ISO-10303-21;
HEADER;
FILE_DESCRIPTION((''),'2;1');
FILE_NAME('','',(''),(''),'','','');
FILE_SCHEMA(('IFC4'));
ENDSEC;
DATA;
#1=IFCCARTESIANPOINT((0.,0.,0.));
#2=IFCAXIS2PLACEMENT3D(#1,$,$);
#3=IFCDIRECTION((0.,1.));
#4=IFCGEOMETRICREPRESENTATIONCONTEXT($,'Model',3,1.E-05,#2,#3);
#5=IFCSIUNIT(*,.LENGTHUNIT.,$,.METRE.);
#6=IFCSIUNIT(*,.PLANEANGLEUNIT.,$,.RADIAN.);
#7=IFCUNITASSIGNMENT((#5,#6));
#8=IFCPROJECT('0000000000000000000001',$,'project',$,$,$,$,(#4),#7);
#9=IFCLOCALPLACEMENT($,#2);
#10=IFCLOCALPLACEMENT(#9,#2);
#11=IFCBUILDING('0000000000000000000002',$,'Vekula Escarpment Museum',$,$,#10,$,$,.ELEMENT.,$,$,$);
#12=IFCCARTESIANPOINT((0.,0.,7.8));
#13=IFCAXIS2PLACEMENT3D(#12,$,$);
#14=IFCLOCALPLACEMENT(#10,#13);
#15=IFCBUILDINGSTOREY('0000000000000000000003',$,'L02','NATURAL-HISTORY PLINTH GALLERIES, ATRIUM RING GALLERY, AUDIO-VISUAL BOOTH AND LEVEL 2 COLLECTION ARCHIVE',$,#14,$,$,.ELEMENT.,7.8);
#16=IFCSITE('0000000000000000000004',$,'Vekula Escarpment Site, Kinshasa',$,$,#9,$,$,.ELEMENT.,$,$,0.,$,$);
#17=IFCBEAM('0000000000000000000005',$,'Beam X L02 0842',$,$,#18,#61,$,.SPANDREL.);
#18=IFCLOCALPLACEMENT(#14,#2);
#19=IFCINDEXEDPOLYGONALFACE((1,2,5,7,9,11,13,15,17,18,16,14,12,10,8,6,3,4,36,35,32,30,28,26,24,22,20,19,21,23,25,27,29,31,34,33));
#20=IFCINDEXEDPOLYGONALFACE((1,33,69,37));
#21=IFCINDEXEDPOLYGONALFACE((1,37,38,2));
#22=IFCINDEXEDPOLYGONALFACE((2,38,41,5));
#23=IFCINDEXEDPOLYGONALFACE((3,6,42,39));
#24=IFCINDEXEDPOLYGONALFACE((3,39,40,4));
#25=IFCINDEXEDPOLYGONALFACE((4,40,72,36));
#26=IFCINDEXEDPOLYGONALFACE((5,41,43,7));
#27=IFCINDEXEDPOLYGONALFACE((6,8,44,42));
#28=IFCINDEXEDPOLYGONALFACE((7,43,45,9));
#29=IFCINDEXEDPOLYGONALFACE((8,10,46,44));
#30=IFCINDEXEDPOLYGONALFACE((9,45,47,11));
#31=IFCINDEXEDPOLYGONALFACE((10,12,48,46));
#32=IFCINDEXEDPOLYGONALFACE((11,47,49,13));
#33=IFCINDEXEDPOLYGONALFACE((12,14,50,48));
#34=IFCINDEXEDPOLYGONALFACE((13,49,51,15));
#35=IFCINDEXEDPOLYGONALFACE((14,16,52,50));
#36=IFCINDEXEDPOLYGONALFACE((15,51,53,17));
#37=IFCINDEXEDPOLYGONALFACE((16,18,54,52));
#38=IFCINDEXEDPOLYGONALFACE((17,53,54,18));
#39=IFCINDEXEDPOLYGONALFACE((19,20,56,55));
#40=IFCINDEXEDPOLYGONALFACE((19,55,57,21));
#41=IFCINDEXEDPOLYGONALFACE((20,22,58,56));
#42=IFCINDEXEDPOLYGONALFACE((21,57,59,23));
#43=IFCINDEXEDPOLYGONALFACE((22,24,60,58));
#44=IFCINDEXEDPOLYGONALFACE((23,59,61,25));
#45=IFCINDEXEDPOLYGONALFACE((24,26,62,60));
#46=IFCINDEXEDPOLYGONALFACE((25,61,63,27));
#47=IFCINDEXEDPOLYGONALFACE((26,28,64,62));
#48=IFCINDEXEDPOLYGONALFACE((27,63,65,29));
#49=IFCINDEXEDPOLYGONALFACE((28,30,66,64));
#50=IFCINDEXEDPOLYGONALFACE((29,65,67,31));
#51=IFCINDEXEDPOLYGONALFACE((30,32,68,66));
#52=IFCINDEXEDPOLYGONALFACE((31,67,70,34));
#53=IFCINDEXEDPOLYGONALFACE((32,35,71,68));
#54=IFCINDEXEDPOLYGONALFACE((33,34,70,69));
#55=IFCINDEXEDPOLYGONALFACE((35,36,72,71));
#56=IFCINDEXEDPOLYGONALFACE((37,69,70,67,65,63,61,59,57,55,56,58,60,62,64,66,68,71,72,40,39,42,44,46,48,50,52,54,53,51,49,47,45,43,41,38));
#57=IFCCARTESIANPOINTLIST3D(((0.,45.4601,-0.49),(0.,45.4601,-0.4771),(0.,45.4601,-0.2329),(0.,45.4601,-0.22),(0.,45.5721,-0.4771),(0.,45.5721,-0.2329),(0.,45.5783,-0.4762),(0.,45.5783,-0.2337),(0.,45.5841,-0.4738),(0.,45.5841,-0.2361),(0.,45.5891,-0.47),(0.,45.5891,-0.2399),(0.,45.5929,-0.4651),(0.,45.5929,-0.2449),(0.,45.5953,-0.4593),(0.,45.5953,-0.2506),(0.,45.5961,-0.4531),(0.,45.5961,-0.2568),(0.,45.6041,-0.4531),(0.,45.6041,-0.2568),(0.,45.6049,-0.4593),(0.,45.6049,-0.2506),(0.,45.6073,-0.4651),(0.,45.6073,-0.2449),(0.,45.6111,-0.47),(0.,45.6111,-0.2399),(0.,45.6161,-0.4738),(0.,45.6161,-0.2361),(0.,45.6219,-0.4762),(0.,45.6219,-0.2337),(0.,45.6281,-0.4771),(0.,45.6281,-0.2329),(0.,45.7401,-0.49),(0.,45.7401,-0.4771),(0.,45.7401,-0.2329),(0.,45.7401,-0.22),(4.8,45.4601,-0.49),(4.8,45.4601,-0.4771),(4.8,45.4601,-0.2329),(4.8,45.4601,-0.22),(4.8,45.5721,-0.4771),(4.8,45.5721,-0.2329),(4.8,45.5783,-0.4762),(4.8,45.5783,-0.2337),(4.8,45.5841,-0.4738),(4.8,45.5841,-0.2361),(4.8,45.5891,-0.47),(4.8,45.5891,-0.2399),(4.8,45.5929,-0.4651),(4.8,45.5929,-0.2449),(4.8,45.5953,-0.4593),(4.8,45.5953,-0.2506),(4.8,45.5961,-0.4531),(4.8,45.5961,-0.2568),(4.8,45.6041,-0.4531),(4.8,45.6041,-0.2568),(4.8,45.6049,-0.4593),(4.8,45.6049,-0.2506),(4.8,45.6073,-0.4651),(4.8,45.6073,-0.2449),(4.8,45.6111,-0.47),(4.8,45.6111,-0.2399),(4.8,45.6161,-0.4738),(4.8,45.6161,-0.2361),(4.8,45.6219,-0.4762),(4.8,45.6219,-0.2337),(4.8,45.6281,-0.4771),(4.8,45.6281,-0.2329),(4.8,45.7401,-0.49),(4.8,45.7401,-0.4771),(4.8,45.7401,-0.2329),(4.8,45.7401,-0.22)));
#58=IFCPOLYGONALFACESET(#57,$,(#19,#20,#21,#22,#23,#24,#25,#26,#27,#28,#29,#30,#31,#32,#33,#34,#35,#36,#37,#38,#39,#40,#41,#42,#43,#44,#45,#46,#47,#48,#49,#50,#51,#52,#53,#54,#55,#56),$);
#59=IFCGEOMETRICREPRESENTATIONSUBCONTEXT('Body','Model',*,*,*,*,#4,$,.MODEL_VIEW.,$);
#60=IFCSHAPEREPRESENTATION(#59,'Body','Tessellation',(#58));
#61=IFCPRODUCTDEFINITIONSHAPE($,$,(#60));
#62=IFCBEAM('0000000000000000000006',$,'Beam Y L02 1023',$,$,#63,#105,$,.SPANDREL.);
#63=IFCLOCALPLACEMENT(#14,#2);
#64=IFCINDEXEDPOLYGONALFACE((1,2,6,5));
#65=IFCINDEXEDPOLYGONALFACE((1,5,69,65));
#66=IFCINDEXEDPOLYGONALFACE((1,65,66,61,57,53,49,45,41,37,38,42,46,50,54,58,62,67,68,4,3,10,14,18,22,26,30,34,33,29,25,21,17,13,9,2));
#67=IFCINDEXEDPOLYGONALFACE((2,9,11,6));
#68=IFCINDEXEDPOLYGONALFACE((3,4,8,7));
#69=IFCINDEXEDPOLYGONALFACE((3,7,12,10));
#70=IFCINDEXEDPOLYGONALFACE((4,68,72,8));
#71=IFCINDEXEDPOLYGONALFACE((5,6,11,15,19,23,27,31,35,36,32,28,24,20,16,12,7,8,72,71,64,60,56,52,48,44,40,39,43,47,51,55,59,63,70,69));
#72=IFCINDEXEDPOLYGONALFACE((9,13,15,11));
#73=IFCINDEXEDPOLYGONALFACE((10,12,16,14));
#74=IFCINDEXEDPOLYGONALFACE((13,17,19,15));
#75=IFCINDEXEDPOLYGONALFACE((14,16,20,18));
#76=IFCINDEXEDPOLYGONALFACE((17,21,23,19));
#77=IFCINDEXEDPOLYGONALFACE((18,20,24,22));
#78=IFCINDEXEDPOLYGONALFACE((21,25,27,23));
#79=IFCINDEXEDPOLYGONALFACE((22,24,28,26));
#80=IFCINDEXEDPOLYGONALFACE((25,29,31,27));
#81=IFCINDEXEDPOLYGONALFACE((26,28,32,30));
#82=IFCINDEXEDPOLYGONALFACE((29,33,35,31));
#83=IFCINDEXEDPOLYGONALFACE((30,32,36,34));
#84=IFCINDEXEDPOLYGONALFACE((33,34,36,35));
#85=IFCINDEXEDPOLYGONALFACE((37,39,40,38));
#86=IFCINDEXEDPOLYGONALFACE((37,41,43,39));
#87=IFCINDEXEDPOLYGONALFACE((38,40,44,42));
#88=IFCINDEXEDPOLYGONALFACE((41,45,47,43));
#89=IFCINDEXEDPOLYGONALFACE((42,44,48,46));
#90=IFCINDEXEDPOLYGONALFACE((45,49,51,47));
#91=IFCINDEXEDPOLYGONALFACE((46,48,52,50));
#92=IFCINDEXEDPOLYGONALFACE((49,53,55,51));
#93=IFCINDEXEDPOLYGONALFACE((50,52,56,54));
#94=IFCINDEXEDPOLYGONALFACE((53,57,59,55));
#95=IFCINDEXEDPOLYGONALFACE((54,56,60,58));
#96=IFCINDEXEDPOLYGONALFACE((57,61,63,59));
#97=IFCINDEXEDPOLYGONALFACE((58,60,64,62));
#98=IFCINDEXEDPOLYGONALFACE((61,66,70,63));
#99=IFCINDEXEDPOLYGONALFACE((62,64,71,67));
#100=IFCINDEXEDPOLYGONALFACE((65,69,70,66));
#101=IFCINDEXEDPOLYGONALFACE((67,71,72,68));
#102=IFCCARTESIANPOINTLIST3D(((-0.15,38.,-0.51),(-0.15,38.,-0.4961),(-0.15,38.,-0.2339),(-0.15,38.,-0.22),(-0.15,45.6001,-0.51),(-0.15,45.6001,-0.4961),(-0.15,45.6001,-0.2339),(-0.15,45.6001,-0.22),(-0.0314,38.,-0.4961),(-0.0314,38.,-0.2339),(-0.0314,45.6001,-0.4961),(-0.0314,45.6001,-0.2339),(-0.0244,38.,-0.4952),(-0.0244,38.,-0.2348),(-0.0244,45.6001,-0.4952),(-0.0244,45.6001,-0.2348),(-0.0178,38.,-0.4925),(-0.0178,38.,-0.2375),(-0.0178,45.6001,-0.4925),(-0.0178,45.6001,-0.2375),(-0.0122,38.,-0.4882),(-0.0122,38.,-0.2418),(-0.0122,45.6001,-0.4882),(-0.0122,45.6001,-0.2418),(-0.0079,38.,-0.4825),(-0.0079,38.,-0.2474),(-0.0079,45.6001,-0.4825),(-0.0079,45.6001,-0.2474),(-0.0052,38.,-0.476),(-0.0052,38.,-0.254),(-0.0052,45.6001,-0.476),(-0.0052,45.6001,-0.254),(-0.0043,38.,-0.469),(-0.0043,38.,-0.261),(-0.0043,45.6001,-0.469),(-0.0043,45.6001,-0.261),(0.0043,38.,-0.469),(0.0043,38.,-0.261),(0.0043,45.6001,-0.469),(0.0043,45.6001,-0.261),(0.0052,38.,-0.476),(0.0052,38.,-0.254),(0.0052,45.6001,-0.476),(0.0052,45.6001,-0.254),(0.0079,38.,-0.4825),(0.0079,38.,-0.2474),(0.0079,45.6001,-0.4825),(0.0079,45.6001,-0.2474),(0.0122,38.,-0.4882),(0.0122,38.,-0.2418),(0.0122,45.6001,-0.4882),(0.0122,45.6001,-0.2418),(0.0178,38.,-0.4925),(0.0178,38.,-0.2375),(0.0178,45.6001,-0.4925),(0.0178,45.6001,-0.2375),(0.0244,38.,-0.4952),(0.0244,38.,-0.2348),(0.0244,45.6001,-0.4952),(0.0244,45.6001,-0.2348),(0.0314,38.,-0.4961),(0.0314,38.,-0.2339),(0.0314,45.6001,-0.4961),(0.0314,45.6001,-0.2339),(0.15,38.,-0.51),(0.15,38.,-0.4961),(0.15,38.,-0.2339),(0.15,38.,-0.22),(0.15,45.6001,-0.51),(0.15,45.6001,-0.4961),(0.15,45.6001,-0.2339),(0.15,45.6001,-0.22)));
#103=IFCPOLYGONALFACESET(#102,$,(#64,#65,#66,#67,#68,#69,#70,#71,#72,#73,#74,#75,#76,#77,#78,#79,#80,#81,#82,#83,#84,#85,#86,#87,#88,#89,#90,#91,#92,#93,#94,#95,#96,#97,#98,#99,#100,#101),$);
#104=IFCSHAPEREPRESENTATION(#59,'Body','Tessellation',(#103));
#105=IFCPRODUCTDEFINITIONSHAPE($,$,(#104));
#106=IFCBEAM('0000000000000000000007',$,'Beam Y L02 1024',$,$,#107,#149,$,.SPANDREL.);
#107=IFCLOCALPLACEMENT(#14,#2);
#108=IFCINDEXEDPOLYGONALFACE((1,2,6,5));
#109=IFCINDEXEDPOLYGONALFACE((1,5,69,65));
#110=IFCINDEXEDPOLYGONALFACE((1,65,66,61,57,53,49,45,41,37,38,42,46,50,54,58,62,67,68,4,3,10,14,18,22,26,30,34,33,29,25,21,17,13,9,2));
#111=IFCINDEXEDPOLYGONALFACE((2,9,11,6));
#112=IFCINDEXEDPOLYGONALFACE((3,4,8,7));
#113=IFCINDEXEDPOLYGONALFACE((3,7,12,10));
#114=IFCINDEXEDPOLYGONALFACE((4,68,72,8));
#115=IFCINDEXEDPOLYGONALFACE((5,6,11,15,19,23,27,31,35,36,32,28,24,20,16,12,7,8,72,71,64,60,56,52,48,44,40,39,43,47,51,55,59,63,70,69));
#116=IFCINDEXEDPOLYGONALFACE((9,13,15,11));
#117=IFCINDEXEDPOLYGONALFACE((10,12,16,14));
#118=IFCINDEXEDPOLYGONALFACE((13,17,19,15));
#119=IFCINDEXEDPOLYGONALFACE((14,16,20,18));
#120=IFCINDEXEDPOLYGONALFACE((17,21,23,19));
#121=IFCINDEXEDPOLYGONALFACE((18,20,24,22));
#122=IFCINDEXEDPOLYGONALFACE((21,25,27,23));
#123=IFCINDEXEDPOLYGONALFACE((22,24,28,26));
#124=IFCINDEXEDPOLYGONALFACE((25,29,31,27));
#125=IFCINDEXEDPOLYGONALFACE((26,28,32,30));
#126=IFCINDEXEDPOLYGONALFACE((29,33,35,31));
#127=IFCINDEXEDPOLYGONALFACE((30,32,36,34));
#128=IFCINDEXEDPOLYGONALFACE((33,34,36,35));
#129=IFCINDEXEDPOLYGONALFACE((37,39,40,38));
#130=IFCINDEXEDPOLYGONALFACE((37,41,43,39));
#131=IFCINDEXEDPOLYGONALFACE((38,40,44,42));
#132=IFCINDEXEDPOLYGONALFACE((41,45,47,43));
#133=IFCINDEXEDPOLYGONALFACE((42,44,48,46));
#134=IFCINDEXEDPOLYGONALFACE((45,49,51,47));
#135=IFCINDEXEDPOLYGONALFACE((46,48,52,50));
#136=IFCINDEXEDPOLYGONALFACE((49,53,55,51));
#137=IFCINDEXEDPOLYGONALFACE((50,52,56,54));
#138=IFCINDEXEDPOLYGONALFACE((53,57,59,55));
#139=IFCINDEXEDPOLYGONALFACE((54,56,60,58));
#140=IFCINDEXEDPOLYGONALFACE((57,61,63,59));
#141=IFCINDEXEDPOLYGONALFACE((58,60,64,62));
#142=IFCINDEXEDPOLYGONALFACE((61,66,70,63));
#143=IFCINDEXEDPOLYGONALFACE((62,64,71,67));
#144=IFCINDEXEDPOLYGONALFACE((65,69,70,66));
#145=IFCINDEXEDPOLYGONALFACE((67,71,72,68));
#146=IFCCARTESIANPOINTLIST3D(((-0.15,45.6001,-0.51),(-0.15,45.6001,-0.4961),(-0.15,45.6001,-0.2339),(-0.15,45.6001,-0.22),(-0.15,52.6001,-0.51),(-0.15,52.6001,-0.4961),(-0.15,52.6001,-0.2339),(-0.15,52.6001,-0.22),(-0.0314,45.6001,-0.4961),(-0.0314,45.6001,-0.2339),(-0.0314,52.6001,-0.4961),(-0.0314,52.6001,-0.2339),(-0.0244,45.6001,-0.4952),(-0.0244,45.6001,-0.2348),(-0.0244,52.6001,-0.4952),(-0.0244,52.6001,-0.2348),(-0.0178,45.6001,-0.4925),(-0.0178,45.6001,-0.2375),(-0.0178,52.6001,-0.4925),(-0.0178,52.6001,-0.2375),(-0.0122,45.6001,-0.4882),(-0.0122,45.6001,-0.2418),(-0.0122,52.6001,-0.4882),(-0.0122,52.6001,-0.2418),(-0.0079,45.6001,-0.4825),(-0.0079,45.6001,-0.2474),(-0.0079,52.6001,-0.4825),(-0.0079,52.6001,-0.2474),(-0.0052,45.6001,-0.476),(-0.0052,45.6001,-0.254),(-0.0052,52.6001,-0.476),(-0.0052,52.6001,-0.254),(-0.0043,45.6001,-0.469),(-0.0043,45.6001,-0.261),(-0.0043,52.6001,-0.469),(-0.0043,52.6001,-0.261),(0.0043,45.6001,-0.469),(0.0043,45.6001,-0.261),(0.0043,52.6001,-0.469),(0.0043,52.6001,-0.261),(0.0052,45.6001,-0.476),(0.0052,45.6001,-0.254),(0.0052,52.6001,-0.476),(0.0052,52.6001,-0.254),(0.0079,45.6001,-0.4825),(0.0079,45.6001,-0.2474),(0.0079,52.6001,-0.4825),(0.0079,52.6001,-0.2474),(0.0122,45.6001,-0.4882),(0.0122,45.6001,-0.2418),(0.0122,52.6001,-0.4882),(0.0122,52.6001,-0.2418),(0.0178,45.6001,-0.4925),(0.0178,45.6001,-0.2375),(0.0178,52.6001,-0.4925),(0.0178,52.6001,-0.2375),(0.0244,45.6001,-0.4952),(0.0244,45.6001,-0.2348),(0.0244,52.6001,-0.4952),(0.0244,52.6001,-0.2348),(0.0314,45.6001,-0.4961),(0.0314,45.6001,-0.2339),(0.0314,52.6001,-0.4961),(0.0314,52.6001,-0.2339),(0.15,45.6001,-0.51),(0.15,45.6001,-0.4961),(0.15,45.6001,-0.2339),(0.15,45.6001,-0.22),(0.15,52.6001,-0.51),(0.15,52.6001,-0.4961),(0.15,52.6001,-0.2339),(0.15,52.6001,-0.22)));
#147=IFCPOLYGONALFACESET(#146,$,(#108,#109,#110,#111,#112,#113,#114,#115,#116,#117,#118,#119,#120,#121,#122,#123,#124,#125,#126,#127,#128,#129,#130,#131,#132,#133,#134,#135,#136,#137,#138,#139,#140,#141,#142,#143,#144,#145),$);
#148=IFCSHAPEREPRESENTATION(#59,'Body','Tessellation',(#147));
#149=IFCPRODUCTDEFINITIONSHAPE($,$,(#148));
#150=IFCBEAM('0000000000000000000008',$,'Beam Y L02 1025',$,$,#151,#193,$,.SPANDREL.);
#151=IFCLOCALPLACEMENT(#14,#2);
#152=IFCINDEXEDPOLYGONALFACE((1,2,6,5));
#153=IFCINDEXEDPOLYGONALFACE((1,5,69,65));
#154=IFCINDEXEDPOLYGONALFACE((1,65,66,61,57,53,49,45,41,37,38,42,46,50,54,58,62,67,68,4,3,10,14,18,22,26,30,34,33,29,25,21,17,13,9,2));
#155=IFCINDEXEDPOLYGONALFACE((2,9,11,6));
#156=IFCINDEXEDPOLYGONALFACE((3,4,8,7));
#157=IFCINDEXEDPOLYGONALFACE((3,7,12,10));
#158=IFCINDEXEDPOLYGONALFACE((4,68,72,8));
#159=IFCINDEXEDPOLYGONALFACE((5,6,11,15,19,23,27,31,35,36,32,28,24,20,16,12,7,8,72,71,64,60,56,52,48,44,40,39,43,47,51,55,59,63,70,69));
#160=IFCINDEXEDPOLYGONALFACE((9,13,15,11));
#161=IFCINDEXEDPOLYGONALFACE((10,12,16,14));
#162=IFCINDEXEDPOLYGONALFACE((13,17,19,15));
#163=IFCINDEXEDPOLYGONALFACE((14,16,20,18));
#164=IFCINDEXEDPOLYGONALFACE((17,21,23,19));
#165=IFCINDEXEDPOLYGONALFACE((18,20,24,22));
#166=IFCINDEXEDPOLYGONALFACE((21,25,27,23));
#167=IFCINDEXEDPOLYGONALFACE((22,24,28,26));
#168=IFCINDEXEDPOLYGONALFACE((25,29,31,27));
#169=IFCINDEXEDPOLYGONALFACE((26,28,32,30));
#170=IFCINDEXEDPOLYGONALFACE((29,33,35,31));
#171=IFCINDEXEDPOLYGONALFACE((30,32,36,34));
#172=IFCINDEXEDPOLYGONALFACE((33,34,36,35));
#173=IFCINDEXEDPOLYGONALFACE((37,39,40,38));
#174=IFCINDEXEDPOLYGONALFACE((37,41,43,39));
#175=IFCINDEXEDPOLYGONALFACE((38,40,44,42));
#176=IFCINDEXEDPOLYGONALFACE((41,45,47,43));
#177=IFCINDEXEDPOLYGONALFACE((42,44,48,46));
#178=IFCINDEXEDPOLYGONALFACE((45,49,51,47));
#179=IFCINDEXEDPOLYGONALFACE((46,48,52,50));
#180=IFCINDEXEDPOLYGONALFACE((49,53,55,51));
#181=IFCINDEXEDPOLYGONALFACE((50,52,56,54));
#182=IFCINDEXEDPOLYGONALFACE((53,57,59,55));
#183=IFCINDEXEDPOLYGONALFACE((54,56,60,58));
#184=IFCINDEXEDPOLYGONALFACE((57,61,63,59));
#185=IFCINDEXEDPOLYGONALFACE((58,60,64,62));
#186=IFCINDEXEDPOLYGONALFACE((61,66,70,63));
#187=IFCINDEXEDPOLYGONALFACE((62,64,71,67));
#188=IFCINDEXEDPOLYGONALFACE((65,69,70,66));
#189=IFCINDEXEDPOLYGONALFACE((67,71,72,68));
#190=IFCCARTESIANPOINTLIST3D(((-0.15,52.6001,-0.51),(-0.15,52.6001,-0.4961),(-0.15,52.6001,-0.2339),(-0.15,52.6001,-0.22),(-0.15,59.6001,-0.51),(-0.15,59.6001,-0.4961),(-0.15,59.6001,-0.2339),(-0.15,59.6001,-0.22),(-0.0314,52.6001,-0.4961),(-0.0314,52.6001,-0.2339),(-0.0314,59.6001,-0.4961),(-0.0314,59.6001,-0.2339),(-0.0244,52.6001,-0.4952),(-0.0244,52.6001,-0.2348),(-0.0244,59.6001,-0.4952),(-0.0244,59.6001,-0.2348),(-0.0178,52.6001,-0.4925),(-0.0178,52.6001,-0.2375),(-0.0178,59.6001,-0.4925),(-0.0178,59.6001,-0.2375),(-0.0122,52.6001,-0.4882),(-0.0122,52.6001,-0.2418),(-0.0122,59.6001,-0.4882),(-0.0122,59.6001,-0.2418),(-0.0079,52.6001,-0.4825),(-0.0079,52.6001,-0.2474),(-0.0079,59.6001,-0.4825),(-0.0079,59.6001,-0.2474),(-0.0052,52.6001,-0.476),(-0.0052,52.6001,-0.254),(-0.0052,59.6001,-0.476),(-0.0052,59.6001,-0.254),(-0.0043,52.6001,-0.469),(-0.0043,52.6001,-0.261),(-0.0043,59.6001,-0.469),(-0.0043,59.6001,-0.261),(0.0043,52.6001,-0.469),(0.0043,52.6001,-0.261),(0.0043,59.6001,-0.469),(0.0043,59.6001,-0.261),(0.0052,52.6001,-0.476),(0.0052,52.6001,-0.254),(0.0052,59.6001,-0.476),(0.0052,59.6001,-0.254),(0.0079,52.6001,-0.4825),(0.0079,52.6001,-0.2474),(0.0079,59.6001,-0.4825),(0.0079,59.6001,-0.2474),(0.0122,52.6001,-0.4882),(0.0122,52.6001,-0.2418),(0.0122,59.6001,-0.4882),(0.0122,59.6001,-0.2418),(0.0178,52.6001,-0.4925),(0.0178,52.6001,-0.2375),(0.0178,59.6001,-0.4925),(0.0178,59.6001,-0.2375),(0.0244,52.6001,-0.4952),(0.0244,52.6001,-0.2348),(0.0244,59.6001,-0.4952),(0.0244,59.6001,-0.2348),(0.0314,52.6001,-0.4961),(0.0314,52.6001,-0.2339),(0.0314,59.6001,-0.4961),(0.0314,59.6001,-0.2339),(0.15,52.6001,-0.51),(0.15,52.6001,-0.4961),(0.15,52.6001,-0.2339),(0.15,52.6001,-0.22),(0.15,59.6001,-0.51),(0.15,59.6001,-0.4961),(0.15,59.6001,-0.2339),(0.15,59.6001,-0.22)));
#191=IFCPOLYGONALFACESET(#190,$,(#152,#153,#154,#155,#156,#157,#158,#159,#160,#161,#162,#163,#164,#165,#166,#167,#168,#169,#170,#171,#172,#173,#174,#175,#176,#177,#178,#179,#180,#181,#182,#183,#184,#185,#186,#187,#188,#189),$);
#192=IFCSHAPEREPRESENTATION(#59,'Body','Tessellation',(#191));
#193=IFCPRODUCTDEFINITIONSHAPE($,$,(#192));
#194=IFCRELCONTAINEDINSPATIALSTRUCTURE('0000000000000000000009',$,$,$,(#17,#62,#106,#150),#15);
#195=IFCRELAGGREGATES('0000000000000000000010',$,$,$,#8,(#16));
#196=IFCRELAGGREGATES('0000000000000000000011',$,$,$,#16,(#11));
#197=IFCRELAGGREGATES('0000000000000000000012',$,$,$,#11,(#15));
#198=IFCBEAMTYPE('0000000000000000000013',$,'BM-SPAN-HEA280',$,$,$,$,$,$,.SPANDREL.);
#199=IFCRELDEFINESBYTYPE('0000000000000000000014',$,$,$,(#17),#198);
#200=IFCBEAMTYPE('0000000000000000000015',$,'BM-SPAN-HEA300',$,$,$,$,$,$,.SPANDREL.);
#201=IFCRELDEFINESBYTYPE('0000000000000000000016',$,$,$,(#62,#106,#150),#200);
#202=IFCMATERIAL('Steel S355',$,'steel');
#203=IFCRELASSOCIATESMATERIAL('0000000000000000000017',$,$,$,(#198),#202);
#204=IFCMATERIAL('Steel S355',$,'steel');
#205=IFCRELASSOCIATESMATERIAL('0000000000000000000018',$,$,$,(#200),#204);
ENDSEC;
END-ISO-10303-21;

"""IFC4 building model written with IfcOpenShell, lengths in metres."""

from ifc_helpers import new_model, si_unit, direction, frame, origin, origin_2d, place, context, subcontext, project, spatial, i_section, extrude, material, material_profile, profile_set, type_object, element, save


model = new_model("IFC4")

# Units and contexts
model_context = context("Model", 3, precision=1e-05, world=origin(), true_north=direction((0.0, 1.0)))
body_context = subcontext(model_context, "Body", "Model", "MODEL_VIEW")
ifc_project = project(units=[si_unit("LENGTHUNIT", "METRE"), si_unit("PLANEANGLEUNIT", "RADIAN")], contexts=[model_context])

# Site, building, storey
site_placement = place(None, origin())
site = spatial("IfcSite", under=ifc_project, at=site_placement, Name="Vekula Escarpment Site, Kinshasa", CompositionType="ELEMENT", RefElevation=0.0)
building_placement = place(site_placement, origin())
building = spatial("IfcBuilding", under=site, at=building_placement, Name="Vekula Escarpment Museum", CompositionType="ELEMENT")
storey_placement = place(building_placement, frame((0.0, 0.0, 7.8)))
storey = spatial("IfcBuildingStorey", under=building, at=storey_placement, Name="L02", Description="NATURAL-HISTORY PLINTH GALLERIES, ATRIUM RING GALLERY, AUDIO-VISUAL BOOTH AND LEVEL 2 COLLECTION ARCHIVE", CompositionType="ELEMENT", Elevation=7.8)

# Beams
ifc_material_1 = material(Name="Steel S355", Category="steel")
ifc_material_profile_1 = material_profile(ifc_material_1, i_section(OverallWidth=0.28, OverallDepth=0.27, WebThickness=0.0081, FlangeThickness=0.0129, FilletRadius=0.0239, at=origin_2d()), Name="HEA 280")
ifc_profile_set_1 = profile_set([ifc_material_profile_1], Name="Steel S355")
beam_type_1 = type_object("IfcBeamType", Name="BM-SPAN-HEA280", PredefinedType="SPANDREL", material=ifc_profile_set_1)
beam_1_placement = place(storey_placement, frame((0.0, 45.6001, -0.355), z_axis=(1.0, 0.0, 0.0), x_axis=(0.0, 1.0, 0.0)))
element("IfcBeam", 1, at=beam_1_placement, inside=storey, type_object=beam_type_1, Name="Beam X L02 0842", PredefinedType="SPANDREL", context=body_context, shape_type="SweptSolid", body=[
    extrude(i_section(OverallWidth=0.28, OverallDepth=0.27, WebThickness=0.0081, FlangeThickness=0.0129, FilletRadius=0.0239, at=origin_2d()), origin(), (0.0, 0.0, 1.0), 4.8),
])
ifc_material_2 = material(Name="Steel S355", Category="steel")
ifc_material_profile_2 = material_profile(ifc_material_2, i_section(OverallWidth=0.3, OverallDepth=0.29, WebThickness=0.0085, FlangeThickness=0.0139, FilletRadius=0.0271, at=origin_2d()), Name="HEA 300")
ifc_profile_set_2 = profile_set([ifc_material_profile_2], Name="Steel S355")
beam_type_2 = type_object("IfcBeamType", Name="BM-SPAN-HEA300", PredefinedType="SPANDREL", material=ifc_profile_set_2)
beam_2_placement = place(storey_placement, frame((0.0, 38.0, -0.365), z_axis=(0.0, 1.0, 0.0), x_axis=(-1.0, 0.0, 0.0)))
element("IfcBeam", 2, at=beam_2_placement, inside=storey, type_object=beam_type_2, Name="Beam Y L02 1023", PredefinedType="SPANDREL", context=body_context, shape_type="SweptSolid", body=[
    extrude(i_section(OverallWidth=0.3, OverallDepth=0.29, WebThickness=0.0085, FlangeThickness=0.0139, FilletRadius=0.0271, at=origin_2d()), origin(), (0.0, 0.0, 1.0), 7.6001),
])
for number, where, z_axis, x_axis, name in (
    (3, (0.0, 45.6001, -0.365), (0.0, 1.0, 0.0), (-1.0, 0.0, 0.0), "Beam Y L02 1024"),
    (4, (0.0, 52.6001, -0.365), (0.0, 1.0, 0.0), (-1.0, 0.0, 0.0), "Beam Y L02 1025"),
):
    element("IfcBeam", number, at=place(storey_placement, frame(where, z_axis=z_axis, x_axis=x_axis)), inside=storey, type_object=beam_type_2, Name=name, PredefinedType="SPANDREL", context=body_context, shape_type="SweptSolid", body=[
        extrude(i_section(OverallWidth=0.3, OverallDepth=0.29, WebThickness=0.0085, FlangeThickness=0.0139, FilletRadius=0.0271, at=origin_2d()), origin(), (0.0, 0.0, 1.0), 7.0),
    ])

save(model, "model.ifc")
